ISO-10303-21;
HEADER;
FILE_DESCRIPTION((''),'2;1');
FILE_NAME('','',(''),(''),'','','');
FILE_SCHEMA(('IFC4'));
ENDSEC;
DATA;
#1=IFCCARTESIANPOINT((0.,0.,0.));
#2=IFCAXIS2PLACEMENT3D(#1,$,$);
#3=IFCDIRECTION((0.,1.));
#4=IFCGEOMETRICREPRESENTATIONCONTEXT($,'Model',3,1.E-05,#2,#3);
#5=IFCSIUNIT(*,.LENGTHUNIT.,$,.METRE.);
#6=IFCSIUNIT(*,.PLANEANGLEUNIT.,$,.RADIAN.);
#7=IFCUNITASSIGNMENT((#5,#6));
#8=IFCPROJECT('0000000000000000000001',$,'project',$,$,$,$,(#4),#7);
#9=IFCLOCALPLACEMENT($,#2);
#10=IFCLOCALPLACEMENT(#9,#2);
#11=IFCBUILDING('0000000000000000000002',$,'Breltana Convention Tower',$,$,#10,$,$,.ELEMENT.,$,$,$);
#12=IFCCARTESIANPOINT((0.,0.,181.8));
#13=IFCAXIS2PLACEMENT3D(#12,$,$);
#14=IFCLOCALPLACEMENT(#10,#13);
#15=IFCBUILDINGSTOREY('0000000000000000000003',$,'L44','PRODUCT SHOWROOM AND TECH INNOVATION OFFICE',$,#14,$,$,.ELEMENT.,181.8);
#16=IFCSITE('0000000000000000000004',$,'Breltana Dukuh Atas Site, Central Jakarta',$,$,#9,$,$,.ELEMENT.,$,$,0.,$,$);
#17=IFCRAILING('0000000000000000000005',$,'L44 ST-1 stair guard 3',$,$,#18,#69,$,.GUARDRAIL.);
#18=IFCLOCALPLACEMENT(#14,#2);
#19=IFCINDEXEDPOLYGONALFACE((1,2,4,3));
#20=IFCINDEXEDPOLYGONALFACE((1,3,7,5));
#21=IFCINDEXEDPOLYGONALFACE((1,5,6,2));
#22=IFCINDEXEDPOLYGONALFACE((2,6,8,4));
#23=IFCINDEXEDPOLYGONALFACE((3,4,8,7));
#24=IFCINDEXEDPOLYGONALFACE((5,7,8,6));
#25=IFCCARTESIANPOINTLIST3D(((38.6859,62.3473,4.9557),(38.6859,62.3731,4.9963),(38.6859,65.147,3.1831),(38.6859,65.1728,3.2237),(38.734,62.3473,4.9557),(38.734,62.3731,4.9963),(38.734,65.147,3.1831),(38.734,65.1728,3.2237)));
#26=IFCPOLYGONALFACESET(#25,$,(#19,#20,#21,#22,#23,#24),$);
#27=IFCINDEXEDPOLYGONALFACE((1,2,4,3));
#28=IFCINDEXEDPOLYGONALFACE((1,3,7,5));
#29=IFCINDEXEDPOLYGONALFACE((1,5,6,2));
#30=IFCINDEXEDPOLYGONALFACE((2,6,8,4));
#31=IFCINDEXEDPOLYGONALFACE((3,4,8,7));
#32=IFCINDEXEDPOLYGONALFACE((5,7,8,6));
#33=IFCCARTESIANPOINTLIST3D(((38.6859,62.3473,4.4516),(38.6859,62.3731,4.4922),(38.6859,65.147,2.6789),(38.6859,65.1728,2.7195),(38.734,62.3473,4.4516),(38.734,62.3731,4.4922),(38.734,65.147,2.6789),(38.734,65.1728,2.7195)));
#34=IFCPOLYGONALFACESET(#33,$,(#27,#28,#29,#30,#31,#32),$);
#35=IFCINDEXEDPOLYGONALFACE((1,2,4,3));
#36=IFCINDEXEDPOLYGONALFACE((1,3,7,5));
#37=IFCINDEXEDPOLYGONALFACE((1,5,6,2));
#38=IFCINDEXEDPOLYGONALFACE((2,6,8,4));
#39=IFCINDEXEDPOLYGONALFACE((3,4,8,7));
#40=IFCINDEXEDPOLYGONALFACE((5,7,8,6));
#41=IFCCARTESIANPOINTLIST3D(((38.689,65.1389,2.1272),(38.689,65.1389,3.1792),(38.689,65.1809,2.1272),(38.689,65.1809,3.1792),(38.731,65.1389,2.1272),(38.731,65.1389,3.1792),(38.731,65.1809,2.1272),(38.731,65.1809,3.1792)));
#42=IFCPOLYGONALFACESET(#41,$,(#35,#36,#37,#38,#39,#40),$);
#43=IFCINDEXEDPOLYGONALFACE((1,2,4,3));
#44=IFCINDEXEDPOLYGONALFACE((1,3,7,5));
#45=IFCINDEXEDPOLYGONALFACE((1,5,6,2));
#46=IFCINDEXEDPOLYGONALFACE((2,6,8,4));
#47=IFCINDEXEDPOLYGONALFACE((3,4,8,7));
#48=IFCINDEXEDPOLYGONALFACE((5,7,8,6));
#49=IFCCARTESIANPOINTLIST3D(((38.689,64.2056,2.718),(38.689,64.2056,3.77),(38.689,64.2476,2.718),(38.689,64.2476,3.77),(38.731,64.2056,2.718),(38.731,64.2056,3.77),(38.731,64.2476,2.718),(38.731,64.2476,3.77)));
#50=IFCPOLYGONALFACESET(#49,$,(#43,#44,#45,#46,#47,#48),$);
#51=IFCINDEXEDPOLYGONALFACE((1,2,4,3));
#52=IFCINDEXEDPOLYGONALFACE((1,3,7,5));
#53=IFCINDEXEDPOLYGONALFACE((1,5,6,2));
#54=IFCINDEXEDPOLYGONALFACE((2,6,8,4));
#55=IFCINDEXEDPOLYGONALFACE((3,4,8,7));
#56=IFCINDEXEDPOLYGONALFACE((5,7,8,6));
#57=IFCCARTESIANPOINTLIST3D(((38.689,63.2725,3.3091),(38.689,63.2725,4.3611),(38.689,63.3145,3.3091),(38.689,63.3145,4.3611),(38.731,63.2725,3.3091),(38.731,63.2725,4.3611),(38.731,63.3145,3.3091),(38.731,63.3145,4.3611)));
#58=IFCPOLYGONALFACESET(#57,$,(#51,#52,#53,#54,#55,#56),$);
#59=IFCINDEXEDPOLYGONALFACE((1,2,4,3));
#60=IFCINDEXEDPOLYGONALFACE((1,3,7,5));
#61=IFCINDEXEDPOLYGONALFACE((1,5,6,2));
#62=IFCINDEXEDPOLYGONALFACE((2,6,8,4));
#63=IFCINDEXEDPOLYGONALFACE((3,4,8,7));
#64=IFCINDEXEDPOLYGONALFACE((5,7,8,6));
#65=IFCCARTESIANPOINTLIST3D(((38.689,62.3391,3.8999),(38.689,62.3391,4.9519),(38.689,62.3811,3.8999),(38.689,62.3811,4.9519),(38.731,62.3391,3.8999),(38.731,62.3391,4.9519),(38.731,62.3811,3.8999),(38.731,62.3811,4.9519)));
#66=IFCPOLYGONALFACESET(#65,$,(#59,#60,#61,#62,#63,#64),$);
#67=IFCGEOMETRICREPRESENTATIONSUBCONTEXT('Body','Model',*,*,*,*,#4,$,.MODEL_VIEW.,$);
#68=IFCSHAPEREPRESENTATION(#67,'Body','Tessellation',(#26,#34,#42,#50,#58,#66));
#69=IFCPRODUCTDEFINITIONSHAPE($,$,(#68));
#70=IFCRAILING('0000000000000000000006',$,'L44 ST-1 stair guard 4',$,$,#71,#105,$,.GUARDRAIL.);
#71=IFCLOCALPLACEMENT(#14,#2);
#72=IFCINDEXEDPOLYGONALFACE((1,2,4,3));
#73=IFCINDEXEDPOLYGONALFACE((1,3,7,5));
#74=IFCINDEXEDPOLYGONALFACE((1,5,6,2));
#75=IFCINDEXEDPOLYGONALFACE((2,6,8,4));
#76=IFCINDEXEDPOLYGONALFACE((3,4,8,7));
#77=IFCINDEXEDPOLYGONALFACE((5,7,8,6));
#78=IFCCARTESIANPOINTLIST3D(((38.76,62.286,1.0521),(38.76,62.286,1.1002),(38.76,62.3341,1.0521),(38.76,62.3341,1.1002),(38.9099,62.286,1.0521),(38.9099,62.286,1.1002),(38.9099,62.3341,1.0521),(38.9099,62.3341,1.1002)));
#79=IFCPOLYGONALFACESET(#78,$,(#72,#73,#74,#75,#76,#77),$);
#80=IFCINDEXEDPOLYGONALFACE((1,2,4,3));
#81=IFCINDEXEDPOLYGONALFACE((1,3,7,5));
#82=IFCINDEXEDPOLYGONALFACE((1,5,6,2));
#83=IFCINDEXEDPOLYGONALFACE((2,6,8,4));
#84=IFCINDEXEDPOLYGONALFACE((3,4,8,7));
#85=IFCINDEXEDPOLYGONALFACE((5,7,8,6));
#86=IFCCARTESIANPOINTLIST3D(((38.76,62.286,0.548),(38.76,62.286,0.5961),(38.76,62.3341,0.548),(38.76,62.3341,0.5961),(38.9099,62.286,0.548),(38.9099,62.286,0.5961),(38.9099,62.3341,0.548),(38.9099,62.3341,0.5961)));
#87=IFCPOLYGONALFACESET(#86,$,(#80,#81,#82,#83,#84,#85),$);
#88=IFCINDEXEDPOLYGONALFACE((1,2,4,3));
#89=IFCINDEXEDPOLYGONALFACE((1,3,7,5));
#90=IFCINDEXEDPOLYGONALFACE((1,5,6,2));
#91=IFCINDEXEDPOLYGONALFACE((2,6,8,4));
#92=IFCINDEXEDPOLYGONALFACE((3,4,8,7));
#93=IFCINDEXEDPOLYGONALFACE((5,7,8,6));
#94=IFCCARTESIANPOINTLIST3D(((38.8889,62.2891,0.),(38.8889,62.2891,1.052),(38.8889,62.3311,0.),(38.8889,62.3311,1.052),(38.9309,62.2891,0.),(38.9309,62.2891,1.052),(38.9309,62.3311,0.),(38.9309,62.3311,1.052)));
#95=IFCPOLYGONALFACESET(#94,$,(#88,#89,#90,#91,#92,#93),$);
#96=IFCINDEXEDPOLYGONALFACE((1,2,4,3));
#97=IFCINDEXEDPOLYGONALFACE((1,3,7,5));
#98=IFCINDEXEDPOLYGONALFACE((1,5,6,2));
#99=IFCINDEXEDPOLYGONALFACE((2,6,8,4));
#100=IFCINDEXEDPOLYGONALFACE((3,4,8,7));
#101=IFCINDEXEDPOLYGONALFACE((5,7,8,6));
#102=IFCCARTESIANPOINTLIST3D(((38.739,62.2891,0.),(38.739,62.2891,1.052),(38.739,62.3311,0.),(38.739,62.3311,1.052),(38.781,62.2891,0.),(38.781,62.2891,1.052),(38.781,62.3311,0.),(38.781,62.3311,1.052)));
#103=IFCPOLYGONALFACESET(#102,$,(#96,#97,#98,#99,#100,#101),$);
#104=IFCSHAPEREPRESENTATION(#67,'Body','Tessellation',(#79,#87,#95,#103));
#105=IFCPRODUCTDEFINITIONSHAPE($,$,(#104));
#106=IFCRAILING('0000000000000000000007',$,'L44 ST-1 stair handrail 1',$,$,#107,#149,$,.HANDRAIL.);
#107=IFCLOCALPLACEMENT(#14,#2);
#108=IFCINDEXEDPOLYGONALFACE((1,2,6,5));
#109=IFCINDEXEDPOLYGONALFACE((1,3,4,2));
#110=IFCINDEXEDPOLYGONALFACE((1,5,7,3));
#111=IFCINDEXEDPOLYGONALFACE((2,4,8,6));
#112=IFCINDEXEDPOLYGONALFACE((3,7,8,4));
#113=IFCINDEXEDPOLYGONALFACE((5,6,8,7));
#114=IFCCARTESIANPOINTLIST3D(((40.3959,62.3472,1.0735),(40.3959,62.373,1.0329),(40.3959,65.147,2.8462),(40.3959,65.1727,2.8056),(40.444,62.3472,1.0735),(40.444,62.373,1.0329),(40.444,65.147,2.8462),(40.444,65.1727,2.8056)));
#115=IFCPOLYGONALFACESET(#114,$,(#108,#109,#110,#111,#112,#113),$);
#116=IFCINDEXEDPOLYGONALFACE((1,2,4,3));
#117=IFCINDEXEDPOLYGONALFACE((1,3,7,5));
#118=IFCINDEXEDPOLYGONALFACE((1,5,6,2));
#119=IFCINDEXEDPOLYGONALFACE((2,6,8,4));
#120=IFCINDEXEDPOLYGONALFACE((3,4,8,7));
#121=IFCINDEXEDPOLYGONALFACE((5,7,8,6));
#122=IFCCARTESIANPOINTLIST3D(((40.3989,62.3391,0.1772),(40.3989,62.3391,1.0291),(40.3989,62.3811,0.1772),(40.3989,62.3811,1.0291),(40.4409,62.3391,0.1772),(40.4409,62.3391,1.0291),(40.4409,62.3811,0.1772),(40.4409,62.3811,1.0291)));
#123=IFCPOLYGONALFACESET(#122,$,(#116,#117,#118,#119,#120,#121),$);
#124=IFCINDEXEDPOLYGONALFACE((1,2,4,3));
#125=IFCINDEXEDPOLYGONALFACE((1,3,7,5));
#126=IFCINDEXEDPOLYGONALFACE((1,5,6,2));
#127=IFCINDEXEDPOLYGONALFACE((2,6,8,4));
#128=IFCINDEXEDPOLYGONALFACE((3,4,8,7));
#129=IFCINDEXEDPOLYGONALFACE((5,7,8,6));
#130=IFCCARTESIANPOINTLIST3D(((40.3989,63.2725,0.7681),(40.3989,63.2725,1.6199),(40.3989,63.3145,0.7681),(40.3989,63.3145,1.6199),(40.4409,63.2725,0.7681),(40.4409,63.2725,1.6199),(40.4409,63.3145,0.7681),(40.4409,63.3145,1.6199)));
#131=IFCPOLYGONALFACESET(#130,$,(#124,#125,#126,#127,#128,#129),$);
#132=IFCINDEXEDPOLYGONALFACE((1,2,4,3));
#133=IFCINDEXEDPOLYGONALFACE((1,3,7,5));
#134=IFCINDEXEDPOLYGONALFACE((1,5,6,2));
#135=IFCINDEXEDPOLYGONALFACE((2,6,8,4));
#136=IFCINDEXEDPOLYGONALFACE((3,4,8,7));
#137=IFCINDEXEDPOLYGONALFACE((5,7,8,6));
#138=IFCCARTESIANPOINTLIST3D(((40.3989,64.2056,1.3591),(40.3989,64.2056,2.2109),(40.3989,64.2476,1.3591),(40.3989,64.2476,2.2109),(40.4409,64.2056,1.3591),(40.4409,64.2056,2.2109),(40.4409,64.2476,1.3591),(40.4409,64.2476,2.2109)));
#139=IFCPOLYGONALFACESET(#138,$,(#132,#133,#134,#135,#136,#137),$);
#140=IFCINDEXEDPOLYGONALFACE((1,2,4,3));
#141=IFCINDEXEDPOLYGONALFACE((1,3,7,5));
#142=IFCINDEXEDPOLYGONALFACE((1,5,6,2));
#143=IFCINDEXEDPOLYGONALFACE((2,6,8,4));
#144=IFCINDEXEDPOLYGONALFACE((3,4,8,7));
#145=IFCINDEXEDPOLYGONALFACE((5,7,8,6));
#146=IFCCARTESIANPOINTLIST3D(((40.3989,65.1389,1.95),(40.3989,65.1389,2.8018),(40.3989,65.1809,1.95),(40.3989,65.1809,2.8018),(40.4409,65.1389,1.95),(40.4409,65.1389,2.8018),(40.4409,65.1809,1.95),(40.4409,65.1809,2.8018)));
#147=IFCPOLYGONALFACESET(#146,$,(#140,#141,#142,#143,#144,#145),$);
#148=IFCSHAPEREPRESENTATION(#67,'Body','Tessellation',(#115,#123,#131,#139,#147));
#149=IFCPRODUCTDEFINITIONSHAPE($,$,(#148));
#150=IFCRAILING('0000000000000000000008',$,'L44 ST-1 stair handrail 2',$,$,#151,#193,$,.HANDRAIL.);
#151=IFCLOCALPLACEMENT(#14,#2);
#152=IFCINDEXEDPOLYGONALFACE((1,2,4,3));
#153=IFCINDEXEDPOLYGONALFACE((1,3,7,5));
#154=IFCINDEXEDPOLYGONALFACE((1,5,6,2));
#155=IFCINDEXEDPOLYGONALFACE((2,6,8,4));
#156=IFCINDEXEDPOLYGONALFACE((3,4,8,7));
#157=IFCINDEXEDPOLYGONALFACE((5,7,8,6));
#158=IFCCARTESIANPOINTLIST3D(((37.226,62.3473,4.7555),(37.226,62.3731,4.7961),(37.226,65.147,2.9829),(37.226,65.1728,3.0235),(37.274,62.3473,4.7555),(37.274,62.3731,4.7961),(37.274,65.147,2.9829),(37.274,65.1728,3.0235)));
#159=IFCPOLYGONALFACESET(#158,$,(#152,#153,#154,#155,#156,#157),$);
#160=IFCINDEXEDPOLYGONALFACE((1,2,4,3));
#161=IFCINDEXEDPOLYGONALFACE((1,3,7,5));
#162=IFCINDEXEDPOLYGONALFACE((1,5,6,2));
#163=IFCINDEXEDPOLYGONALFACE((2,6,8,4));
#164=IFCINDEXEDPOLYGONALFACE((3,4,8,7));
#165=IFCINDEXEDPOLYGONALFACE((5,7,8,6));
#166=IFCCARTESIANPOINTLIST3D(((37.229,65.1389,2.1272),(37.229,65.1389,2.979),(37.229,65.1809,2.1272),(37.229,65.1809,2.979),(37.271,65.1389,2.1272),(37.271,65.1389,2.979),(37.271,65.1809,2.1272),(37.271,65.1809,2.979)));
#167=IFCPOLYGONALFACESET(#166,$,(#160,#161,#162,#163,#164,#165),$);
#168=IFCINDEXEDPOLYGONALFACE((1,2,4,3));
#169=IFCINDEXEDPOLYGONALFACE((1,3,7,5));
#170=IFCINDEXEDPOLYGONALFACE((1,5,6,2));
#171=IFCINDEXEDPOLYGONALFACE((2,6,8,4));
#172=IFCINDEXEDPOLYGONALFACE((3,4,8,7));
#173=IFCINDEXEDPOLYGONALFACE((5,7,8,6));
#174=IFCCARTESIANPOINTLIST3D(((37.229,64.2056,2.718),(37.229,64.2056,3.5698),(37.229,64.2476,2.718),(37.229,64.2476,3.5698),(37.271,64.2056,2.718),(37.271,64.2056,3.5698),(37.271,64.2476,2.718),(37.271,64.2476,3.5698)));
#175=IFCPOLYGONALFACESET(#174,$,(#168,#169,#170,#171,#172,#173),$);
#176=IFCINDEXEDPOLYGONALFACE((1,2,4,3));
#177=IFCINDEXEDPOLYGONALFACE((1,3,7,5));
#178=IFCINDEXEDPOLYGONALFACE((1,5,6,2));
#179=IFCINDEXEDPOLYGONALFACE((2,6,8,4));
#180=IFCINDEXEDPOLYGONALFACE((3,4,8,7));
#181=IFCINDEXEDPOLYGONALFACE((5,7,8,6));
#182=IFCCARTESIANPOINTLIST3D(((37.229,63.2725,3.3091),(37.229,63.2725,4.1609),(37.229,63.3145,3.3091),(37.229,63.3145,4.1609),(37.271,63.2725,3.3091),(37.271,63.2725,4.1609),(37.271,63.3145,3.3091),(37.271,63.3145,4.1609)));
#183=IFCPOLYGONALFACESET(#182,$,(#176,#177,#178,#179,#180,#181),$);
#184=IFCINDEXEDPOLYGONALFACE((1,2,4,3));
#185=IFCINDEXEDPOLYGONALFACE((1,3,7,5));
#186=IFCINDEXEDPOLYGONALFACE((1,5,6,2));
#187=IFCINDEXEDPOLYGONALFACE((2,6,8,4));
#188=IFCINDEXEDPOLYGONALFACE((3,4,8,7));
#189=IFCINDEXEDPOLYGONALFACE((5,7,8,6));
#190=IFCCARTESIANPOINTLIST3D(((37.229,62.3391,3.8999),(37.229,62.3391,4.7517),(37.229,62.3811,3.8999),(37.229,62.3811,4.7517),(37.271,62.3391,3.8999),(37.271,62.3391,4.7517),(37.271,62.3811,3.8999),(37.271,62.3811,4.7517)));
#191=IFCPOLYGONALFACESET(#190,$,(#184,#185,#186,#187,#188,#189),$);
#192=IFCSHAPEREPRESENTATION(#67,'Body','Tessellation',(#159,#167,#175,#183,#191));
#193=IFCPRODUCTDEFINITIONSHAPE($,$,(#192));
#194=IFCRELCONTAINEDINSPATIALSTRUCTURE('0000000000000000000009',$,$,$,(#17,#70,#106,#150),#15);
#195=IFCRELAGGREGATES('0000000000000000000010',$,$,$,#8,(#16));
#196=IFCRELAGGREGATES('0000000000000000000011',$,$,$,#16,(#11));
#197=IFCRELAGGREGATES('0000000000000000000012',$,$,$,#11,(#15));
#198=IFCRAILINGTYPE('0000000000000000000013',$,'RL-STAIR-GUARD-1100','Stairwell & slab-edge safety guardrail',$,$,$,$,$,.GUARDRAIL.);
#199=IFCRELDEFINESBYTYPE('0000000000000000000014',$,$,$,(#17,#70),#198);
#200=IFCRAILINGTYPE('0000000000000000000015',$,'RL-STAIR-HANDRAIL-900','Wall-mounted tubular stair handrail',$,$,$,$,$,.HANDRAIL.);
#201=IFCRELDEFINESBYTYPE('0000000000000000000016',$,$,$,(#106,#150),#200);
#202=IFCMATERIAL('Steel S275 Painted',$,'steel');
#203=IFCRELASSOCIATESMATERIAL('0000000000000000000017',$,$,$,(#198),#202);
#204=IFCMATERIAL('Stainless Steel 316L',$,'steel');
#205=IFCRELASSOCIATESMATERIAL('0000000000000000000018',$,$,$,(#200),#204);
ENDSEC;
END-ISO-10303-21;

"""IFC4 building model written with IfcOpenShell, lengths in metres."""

from ifc_helpers import new_model, si_unit, direction, frame, origin, origin_2d, place, context, subcontext, project, spatial, rectangle, extrude, material, type_object, element, save


model = new_model("IFC4")

# Units and contexts
model_context = context("Model", 3, precision=1e-05, world=origin(), true_north=direction((0.0, 1.0)))
body_context = subcontext(model_context, "Body", "Model", "MODEL_VIEW")
ifc_project = project(units=[si_unit("LENGTHUNIT", "METRE"), si_unit("PLANEANGLEUNIT", "RADIAN")], contexts=[model_context])

# Site, building, storey
site_placement = place(None, origin())
site = spatial("IfcSite", under=ifc_project, at=site_placement, Name="Breltana Dukuh Atas Site, Central Jakarta", CompositionType="ELEMENT", RefElevation=0.0)
building_placement = place(site_placement, origin())
building = spatial("IfcBuilding", under=site, at=building_placement, Name="Breltana Convention Tower", CompositionType="ELEMENT")
storey_placement = place(building_placement, frame((0.0, 0.0, 181.8)))
storey = spatial("IfcBuildingStorey", under=building, at=storey_placement, Name="L44", Description="PRODUCT SHOWROOM AND TECH INNOVATION OFFICE", CompositionType="ELEMENT", Elevation=181.8)

# Railings
ifc_material_1 = material(Name="Steel S275 Painted", Category="steel")
railing_type_1 = type_object("IfcRailingType", Name="RL-STAIR-GUARD-1100", Description="Stairwell & slab-edge safety guardrail", PredefinedType="GUARDRAIL", material=ifc_material_1)
railing_1_placement = place(storey_placement, frame((38.71, 65.1599, 2.1272)))
element("IfcRailing", 1, at=railing_1_placement, inside=storey, type_object=railing_type_1, Name="L44 ST-1 stair guard 3", PredefinedType="GUARDRAIL", context=body_context, shape_type="SweptSolid", body=[
    extrude(rectangle(XDim=0.0481, YDim=0.0481, at=origin_2d()), frame((0.0, 0.0, 1.0762), z_axis=(0.0, -0.844888, 0.534943), x_axis=(1.0, 0.0, 0.0)), (0.0, 0.0, 1.0), 3.3137),
    extrude(rectangle(XDim=0.0481, YDim=0.0481, at=origin_2d()), frame((0.0, 0.0, 0.572), z_axis=(0.0, -0.844888, 0.534943), x_axis=(1.0, 0.0, 0.0)), (0.0, 0.0, 1.0), 3.3137),
    extrude(rectangle(XDim=0.042, YDim=0.042, at=origin_2d()), origin(), (0.0, 0.0, 1.0), 1.052),
    extrude(rectangle(XDim=0.042, YDim=0.042, at=origin_2d()), frame((0.0, -0.9333, 0.5908)), (0.0, 0.0, 1.0), 1.052),
    extrude(rectangle(XDim=0.042, YDim=0.042, at=origin_2d()), frame((0.0, -1.8665, 1.1819)), (0.0, 0.0, 1.0), 1.052),
    extrude(rectangle(XDim=0.042, YDim=0.042, at=origin_2d()), frame((0.0, -2.7998, 1.7727)), (0.0, 0.0, 1.0), 1.052),
])
railing_2_placement = place(storey_placement, frame((38.9099, 62.3101, 0.0)))
element("IfcRailing", 2, at=railing_2_placement, inside=storey, type_object=railing_type_1, Name="L44 ST-1 stair guard 4", PredefinedType="GUARDRAIL", context=body_context, shape_type="SweptSolid", body=[
    extrude(rectangle(XDim=0.0481, YDim=0.0481, at=origin_2d()), frame((0.0, 0.0, 1.0762), z_axis=(-1.0, 0.0, 0.0), x_axis=(0.0, -1.0, 0.0)), (0.0, 0.0, 1.0), 0.1499),
    extrude(rectangle(XDim=0.0481, YDim=0.0481, at=origin_2d()), frame((0.0, 0.0, 0.572), z_axis=(-1.0, 0.0, 0.0), x_axis=(0.0, -1.0, 0.0)), (0.0, 0.0, 1.0), 0.1499),
    extrude(rectangle(XDim=0.042, YDim=0.042, at=origin_2d()), origin(), (0.0, 0.0, 1.0), 1.052),
    extrude(rectangle(XDim=0.042, YDim=0.042, at=origin_2d()), frame((-0.1499, 0.0, 0.0)), (0.0, 0.0, 1.0), 1.052),
])
ifc_material_2 = material(Name="Stainless Steel 316L", Category="steel")
railing_type_2 = type_object("IfcRailingType", Name="RL-STAIR-HANDRAIL-900", Description="Wall-mounted tubular stair handrail", PredefinedType="HANDRAIL", material=ifc_material_2)
railing_3_placement = place(storey_placement, frame((40.4199, 62.3601, 0.1772)))
element("IfcRailing", 3, at=railing_3_placement, inside=storey, type_object=railing_type_2, Name="L44 ST-1 stair handrail 1", PredefinedType="HANDRAIL", context=body_context, shape_type="SweptSolid", body=[
    extrude(rectangle(XDim=0.0481, YDim=0.0481, at=origin_2d()), frame((0.0, 0.0, 0.876), z_axis=(0.0, 0.844888, 0.534943), x_axis=(-1.0, 0.0, 0.0)), (0.0, 0.0, 1.0), 3.3137),
    extrude(rectangle(XDim=0.042, YDim=0.042, at=origin_2d()), origin(), (0.0, 0.0, 1.0), 0.8518),
    extrude(rectangle(XDim=0.042, YDim=0.042, at=origin_2d()), frame((0.0, 0.9333, 0.5908)), (0.0, 0.0, 1.0), 0.8518),
    extrude(rectangle(XDim=0.042, YDim=0.042, at=origin_2d()), frame((0.0, 1.8665, 1.1819)), (0.0, 0.0, 1.0), 0.8518),
    extrude(rectangle(XDim=0.042, YDim=0.042, at=origin_2d()), frame((0.0, 2.7998, 1.7727)), (0.0, 0.0, 1.0), 0.8518),
])
railing_4_placement = place(storey_placement, frame((37.25, 65.1599, 2.1272)))
element("IfcRailing", 4, at=railing_4_placement, inside=storey, type_object=railing_type_2, Name="L44 ST-1 stair handrail 2", PredefinedType="HANDRAIL", context=body_context, shape_type="SweptSolid", body=[
    extrude(rectangle(XDim=0.0481, YDim=0.0481, at=origin_2d()), frame((0.0, 0.0, 0.876), z_axis=(0.0, -0.844888, 0.534943), x_axis=(1.0, 0.0, 0.0)), (0.0, 0.0, 1.0), 3.3137),
    extrude(rectangle(XDim=0.042, YDim=0.042, at=origin_2d()), origin(), (0.0, 0.0, 1.0), 0.8518),
    extrude(rectangle(XDim=0.042, YDim=0.042, at=origin_2d()), frame((0.0, -0.9333, 0.5908)), (0.0, 0.0, 1.0), 0.8518),
    extrude(rectangle(XDim=0.042, YDim=0.042, at=origin_2d()), frame((0.0, -1.8665, 1.1819)), (0.0, 0.0, 1.0), 0.8518),
    extrude(rectangle(XDim=0.042, YDim=0.042, at=origin_2d()), frame((0.0, -2.7998, 1.7727)), (0.0, 0.0, 1.0), 0.8518),
])

save(model, "model.ifc")
